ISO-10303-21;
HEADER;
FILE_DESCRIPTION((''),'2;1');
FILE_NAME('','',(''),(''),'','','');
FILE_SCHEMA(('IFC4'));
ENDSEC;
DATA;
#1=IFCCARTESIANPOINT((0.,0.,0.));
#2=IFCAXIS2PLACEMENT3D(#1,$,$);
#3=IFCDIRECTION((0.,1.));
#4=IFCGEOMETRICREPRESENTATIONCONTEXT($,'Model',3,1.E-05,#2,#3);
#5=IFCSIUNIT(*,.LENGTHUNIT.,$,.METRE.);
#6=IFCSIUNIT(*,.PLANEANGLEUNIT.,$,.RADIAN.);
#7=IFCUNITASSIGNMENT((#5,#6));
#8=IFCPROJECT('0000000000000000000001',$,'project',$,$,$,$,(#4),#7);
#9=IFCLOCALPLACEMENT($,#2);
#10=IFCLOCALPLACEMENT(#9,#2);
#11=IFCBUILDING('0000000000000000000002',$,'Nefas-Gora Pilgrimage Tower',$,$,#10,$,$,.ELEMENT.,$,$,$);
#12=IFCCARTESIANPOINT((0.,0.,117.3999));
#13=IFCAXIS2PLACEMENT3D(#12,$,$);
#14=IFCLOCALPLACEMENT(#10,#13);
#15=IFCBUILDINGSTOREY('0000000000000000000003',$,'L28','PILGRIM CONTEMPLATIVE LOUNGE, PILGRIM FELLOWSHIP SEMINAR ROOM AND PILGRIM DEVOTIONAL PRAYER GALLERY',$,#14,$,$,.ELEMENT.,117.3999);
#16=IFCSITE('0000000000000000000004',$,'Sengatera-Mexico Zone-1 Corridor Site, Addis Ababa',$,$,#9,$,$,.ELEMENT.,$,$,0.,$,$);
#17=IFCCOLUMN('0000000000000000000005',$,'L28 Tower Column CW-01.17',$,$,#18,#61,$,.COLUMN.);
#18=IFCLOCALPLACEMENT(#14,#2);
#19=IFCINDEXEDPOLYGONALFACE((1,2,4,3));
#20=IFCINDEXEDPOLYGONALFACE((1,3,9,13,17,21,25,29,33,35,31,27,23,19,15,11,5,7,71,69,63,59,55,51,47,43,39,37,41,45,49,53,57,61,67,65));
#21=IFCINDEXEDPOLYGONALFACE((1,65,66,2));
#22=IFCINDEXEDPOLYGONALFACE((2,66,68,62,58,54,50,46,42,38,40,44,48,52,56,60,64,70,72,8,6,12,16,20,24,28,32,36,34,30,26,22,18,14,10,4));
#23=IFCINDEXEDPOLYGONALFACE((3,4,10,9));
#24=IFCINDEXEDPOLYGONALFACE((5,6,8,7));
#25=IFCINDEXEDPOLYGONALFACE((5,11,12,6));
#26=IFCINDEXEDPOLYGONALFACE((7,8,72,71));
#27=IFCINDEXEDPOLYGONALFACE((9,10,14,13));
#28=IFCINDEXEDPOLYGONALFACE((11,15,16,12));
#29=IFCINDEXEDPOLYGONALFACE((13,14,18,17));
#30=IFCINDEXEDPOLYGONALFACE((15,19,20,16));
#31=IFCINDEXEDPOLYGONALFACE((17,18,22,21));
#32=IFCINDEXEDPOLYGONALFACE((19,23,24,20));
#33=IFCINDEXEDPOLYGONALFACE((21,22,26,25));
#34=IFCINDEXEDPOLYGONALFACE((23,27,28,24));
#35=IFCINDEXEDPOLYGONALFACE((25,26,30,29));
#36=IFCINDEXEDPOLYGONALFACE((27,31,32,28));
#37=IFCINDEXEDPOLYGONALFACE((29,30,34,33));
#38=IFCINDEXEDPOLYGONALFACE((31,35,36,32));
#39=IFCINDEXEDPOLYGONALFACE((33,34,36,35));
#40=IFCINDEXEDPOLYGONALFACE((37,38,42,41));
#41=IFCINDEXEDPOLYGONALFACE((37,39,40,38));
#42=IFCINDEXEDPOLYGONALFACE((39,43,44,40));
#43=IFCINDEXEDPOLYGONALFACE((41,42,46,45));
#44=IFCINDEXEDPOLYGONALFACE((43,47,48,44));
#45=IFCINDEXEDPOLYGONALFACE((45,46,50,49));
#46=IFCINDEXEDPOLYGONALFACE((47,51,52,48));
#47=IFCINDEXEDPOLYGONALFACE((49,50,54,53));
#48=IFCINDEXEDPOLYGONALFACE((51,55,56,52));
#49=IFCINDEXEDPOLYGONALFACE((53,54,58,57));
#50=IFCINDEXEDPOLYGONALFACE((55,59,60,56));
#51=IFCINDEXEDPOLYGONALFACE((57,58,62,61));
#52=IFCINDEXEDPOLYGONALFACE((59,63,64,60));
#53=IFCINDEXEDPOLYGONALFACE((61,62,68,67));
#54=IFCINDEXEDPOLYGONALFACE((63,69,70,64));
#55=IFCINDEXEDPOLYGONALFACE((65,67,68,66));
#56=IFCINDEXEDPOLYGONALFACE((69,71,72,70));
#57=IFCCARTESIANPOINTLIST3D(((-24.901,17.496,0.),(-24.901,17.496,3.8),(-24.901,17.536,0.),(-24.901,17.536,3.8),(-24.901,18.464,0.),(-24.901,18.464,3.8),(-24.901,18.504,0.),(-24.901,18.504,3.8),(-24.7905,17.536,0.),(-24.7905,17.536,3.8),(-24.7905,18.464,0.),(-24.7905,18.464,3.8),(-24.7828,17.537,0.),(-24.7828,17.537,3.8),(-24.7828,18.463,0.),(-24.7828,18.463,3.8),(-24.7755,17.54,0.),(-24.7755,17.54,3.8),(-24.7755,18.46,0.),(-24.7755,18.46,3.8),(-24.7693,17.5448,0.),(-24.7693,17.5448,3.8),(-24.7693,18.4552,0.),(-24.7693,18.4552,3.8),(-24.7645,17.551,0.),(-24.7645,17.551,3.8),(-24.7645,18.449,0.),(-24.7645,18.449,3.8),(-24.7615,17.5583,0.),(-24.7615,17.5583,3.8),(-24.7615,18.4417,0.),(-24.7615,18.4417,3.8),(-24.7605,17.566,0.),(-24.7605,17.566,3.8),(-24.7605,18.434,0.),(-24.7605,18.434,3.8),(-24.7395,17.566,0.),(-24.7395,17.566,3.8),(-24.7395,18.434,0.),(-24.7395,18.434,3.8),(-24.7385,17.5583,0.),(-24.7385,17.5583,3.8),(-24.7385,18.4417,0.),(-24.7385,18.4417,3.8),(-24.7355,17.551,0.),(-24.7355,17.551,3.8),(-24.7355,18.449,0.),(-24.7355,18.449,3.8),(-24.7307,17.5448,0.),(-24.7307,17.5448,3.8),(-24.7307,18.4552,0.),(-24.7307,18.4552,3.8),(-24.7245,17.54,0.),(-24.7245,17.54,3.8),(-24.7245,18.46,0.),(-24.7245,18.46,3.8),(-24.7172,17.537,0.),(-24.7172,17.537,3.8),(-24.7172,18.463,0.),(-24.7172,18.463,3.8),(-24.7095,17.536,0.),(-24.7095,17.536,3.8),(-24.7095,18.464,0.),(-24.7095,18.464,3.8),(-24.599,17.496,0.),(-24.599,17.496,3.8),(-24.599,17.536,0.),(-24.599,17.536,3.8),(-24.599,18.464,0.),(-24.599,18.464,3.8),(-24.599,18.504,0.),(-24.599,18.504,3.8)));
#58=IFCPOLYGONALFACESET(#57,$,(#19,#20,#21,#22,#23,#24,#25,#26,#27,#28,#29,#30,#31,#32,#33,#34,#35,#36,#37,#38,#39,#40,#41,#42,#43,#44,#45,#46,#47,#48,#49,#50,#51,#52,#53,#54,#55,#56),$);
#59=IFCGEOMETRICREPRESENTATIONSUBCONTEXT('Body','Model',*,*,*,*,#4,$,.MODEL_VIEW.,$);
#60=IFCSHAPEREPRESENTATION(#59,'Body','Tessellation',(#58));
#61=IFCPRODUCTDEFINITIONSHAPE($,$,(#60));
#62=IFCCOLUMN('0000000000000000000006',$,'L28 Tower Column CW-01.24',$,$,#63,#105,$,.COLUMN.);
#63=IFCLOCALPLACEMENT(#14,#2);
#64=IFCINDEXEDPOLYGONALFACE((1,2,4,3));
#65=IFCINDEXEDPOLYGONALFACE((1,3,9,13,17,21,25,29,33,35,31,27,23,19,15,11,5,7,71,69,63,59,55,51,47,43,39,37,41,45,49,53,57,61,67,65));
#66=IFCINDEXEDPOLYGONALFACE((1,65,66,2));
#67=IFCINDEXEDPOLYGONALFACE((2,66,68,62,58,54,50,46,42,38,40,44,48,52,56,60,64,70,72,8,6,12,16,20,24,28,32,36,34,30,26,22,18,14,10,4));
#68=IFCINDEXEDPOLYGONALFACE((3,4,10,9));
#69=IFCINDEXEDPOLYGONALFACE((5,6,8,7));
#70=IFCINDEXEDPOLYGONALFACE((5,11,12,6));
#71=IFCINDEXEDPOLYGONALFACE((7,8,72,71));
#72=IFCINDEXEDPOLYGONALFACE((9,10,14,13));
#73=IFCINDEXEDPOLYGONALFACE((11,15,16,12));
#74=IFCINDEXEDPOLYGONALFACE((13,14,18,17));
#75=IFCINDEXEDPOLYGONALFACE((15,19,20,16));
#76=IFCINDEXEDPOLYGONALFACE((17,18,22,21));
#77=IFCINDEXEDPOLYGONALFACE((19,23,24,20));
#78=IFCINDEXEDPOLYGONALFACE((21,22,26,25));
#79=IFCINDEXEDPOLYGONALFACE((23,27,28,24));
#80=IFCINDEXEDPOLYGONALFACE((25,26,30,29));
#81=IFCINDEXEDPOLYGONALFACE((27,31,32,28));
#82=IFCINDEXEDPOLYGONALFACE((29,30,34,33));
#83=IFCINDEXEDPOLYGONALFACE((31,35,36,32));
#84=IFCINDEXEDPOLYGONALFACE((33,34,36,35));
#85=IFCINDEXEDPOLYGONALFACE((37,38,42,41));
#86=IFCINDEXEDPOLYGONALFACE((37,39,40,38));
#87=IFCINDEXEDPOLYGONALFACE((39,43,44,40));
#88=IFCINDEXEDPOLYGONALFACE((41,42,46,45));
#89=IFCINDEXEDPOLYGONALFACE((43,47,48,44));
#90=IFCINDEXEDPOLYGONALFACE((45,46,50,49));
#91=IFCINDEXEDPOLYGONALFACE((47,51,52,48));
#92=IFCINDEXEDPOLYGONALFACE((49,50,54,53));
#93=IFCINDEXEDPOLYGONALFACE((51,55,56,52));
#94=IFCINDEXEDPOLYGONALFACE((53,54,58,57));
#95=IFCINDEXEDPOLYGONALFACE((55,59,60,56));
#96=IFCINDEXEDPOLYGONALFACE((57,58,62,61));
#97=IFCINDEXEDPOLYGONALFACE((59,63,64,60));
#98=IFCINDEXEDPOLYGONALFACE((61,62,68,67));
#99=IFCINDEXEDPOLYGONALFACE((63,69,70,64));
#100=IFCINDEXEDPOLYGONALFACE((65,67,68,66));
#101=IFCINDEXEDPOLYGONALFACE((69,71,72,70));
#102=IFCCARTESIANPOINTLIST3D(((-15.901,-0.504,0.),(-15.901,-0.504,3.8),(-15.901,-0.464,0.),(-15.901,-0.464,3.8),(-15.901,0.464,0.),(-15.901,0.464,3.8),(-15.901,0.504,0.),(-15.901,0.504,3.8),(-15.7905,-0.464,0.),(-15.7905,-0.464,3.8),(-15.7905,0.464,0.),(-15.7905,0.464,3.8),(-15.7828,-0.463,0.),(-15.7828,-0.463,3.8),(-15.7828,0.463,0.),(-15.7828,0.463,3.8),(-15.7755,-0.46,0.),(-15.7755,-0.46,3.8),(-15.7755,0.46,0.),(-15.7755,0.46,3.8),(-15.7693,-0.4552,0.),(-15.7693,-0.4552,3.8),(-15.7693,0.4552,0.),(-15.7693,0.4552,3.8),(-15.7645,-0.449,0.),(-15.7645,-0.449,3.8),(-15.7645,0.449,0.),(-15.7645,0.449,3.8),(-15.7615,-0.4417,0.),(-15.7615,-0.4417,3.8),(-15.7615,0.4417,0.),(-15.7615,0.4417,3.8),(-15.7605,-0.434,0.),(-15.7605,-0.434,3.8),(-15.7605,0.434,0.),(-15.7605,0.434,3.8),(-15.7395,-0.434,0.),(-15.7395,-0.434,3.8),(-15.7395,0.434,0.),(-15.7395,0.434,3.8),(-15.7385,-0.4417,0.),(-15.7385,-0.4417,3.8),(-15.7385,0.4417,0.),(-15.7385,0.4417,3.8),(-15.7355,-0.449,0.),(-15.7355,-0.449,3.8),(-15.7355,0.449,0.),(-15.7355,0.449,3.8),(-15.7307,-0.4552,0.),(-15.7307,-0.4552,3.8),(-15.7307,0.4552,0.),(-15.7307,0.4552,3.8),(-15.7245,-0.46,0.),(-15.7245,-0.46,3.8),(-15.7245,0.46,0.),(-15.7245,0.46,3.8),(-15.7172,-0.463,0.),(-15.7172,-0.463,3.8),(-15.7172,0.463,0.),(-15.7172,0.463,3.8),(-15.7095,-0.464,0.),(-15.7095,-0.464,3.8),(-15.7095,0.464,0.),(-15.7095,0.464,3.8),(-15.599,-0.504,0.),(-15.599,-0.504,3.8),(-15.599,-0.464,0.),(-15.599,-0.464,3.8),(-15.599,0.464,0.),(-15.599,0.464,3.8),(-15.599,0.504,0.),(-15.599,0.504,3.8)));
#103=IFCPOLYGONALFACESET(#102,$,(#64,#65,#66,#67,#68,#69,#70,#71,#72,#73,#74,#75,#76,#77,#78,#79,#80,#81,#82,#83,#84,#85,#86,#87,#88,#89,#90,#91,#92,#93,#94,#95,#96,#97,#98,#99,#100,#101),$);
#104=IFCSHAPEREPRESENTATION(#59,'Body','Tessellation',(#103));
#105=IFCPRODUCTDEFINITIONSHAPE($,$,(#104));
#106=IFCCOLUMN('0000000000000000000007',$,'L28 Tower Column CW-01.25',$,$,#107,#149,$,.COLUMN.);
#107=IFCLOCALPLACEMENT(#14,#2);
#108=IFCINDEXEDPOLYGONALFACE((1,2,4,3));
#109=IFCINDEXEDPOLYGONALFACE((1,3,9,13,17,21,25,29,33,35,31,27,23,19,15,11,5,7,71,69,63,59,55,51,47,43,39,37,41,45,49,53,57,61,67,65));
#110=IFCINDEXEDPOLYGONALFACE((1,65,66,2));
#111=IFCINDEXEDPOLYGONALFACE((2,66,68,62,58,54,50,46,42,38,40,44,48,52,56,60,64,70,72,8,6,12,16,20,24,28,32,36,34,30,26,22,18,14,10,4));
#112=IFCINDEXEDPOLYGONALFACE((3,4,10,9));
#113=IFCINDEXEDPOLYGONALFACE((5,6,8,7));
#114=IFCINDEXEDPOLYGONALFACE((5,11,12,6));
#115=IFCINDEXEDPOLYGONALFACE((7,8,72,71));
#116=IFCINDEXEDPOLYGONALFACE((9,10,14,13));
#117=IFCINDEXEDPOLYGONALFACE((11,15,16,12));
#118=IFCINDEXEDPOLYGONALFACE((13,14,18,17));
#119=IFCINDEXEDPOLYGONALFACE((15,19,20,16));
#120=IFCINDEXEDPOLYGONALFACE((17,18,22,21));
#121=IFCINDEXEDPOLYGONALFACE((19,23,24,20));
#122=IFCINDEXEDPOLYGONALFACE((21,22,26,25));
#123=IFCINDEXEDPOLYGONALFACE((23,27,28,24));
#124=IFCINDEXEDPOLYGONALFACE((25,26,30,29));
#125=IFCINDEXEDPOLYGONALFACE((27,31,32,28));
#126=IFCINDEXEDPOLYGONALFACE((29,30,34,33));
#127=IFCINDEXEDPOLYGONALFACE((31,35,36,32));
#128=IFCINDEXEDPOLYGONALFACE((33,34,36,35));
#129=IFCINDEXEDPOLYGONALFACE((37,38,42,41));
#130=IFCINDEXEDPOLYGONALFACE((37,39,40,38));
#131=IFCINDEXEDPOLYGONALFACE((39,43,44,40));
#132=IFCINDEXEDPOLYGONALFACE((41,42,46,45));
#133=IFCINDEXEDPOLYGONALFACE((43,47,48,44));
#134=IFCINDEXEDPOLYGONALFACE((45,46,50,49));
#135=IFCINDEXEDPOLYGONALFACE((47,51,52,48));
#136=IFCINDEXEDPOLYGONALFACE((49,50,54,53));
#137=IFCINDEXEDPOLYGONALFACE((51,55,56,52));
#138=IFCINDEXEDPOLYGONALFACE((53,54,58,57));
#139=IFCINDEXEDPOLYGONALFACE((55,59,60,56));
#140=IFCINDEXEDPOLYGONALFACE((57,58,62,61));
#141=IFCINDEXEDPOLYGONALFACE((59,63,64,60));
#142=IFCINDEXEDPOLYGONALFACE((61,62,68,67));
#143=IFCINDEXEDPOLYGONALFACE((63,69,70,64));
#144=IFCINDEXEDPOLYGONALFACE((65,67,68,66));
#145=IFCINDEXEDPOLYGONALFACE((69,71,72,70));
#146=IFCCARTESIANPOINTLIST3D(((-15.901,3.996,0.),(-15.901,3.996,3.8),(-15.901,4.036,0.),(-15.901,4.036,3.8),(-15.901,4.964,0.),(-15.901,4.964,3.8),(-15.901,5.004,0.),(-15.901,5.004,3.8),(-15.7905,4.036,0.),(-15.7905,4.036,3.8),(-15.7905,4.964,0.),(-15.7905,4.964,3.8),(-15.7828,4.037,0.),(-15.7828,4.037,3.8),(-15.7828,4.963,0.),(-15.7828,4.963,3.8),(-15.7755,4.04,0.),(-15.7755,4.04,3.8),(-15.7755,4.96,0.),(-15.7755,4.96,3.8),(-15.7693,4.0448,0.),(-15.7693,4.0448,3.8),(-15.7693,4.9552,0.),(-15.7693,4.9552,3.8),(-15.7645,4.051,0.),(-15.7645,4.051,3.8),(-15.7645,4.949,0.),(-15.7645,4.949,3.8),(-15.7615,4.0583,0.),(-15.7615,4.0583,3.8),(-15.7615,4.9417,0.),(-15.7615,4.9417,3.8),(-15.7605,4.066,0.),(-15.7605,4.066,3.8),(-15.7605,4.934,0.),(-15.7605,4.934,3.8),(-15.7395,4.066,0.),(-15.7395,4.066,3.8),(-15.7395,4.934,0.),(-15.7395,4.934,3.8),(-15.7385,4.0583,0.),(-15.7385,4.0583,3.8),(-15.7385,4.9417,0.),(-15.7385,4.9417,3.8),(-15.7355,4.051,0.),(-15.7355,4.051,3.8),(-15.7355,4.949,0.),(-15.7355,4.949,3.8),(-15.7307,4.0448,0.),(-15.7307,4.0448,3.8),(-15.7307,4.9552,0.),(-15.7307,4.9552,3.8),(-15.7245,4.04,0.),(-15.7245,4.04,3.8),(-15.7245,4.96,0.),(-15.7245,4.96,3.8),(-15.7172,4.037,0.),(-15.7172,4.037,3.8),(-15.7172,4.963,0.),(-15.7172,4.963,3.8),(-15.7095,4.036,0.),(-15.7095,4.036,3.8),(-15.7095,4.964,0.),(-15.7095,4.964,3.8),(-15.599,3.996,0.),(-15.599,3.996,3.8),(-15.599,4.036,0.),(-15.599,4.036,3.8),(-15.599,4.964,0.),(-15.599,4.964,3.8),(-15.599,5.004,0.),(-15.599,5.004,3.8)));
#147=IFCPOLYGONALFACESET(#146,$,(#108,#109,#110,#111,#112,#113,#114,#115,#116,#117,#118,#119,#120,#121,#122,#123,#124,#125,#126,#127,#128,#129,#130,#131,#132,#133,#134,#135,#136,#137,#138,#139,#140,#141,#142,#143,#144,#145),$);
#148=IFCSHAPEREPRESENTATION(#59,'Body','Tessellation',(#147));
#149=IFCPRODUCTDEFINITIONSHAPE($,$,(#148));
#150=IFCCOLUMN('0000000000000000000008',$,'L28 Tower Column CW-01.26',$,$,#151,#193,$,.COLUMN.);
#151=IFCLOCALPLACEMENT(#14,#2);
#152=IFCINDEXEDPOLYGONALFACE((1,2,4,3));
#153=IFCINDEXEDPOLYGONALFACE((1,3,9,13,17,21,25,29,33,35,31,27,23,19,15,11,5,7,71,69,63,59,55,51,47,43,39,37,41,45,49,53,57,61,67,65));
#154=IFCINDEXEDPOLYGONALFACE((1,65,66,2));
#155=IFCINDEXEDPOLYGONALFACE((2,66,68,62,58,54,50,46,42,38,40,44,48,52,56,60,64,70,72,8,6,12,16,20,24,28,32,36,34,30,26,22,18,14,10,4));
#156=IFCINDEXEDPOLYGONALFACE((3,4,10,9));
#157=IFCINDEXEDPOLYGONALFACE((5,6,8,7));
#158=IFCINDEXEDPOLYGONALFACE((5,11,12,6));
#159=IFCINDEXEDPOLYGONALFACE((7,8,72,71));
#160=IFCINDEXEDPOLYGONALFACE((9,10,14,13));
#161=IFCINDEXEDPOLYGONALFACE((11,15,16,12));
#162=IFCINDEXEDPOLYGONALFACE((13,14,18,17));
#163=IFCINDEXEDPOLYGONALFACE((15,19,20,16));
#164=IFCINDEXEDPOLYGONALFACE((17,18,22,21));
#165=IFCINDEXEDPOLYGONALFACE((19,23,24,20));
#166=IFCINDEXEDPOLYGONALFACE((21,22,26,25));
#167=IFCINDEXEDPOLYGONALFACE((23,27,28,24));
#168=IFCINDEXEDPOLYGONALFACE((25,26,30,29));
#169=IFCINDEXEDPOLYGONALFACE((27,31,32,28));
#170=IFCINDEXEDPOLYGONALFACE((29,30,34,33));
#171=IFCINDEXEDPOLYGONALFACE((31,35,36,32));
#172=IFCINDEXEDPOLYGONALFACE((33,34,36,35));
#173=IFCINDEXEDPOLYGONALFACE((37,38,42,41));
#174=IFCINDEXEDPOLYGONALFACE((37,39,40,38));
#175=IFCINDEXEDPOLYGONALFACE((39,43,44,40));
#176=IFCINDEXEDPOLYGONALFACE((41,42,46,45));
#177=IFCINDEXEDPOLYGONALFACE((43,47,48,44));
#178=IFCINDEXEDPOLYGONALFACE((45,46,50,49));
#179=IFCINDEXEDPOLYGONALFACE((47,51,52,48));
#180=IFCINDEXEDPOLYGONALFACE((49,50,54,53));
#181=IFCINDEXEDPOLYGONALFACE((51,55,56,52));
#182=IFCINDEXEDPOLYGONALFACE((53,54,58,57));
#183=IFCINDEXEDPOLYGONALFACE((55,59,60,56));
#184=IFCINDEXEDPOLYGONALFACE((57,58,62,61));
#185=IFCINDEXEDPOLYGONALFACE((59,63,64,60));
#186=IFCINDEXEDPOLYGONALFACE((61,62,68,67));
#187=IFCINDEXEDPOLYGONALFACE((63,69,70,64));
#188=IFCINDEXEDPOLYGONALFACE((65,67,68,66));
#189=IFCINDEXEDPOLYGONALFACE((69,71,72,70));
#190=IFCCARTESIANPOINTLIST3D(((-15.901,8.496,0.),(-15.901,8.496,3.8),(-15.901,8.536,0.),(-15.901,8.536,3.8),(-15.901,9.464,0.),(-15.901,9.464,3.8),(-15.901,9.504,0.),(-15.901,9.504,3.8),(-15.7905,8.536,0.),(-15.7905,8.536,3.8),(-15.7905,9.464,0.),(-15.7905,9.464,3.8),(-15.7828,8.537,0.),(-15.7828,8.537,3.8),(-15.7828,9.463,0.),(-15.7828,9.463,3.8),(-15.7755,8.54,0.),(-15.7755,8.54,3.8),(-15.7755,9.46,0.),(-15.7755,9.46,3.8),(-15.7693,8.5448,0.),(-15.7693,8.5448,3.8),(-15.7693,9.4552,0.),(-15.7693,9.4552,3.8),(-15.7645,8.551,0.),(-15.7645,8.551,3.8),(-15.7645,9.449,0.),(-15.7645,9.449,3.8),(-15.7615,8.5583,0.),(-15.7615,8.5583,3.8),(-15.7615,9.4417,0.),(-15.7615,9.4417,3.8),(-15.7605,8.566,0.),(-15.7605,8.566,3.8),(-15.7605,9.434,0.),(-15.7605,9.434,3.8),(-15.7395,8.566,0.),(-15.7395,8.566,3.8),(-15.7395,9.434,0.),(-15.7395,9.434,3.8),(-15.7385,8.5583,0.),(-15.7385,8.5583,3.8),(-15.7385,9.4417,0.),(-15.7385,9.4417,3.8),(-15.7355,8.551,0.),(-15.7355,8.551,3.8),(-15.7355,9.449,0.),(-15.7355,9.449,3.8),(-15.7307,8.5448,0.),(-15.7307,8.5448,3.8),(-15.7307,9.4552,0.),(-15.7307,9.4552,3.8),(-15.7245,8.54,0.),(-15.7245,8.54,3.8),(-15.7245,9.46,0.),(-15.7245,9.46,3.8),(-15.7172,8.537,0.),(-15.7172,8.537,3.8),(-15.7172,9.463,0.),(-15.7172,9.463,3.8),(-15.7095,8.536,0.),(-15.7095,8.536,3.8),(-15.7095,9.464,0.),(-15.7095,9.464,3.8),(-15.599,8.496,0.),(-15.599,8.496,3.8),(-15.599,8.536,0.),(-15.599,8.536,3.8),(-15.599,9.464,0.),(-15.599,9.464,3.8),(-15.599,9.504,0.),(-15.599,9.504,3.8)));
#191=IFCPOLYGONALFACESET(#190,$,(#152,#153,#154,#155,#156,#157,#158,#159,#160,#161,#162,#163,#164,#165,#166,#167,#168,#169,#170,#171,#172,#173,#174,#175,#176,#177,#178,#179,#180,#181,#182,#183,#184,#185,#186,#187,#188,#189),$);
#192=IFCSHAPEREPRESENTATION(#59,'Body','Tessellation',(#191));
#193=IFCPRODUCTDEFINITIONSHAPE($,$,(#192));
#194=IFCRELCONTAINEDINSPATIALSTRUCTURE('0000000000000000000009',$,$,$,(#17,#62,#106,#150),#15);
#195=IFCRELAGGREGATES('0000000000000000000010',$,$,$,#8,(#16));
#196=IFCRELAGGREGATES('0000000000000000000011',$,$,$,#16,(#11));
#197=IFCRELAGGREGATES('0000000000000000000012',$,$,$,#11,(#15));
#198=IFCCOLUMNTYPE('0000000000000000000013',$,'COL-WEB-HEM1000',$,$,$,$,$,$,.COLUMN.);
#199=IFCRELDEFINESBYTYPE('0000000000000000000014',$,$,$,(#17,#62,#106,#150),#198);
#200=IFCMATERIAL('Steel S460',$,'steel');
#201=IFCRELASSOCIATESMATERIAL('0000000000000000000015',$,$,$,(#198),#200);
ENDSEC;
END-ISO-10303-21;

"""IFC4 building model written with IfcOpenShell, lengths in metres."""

from ifc_helpers import new_model, si_unit, direction, frame, origin, origin_2d, place, context, subcontext, project, spatial, i_section, extrude, source, transform, mapped, material, material_profile, profile_set, type_object, element, save


model = new_model("IFC4")

# Units and contexts
model_context = context("Model", 3, precision=1e-05, world=origin(), true_north=direction((0.0, 1.0)))
body_context = subcontext(model_context, "Body", "Model", "MODEL_VIEW")
ifc_project = project(units=[si_unit("LENGTHUNIT", "METRE"), si_unit("PLANEANGLEUNIT", "RADIAN")], contexts=[model_context])

# Site, building, storey
site_placement = place(None, origin())
site = spatial("IfcSite", under=ifc_project, at=site_placement, Name="Sengatera-Mexico Zone-1 Corridor Site, Addis Ababa", CompositionType="ELEMENT", RefElevation=0.0)
building_placement = place(site_placement, origin())
building = spatial("IfcBuilding", under=site, at=building_placement, Name="Nefas-Gora Pilgrimage Tower", CompositionType="ELEMENT")
storey_placement = place(building_placement, frame((0.0, 0.0, 117.3999)))
storey = spatial("IfcBuildingStorey", under=building, at=storey_placement, Name="L28", Description="PILGRIM CONTEMPLATIVE LOUNGE, PILGRIM FELLOWSHIP SEMINAR ROOM AND PILGRIM DEVOTIONAL PRAYER GALLERY", CompositionType="ELEMENT", Elevation=117.3999)

# Columns
ifc_material_1 = material(Name="Steel S460", Category="steel")
ifc_material_profile_1 = material_profile(ifc_material_1, i_section(OverallWidth=0.302, OverallDepth=1.0081, WebThickness=0.021, FlangeThickness=0.04, FilletRadius=0.03, at=origin_2d()), Name="HEM 1000")
ifc_profile_set_1 = profile_set([ifc_material_profile_1], Name="Steel S460")
column_type_1 = type_object("IfcColumnType", Name="COL-WEB-HEM1000", PredefinedType="COLUMN", material=ifc_profile_set_1)
shared_shape_1 = source(origin(), body_context, "Body", "SweptSolid", [
    extrude(i_section(OverallWidth=0.302, OverallDepth=1.0081, WebThickness=0.021, FlangeThickness=0.04, FilletRadius=0.03, at=origin_2d()), origin(), (0.0, 0.0, 1.0), 3.8),
])
for number, where, z_axis, x_axis, name in (
    (1, (-24.75, 18.0, 0.0), (0.0, 0.0, 1.0), (1.0, 0.0, 0.0), "L28 Tower Column CW-01.17"),
    (2, (-15.75, 0.0, 0.0), (0.0, 0.0, 1.0), (1.0, 0.0, 0.0), "L28 Tower Column CW-01.24"),
    (3, (-15.75, 4.5, 0.0), (0.0, 0.0, 1.0), (1.0, 0.0, 0.0), "L28 Tower Column CW-01.25"),
    (4, (-15.75, 9.0, 0.0), (0.0, 0.0, 1.0), (1.0, 0.0, 0.0), "L28 Tower Column CW-01.26"),
):
    element("IfcColumn", number, at=place(storey_placement, frame(where, z_axis=z_axis, x_axis=x_axis)), inside=storey, type_object=column_type_1, Name=name, PredefinedType="COLUMN", context=body_context, shape_type="MappedRepresentation", body=[
        mapped(shared_shape_1, transform((0.0, 0.0, 0.0), x_axis=(1.0, 0.0, 0.0), y_axis=(0.0, 1.0, 0.0), z_axis=(0.0, 0.0, 1.0), scale=1.0)),
    ])

save(model, "model.ifc")
